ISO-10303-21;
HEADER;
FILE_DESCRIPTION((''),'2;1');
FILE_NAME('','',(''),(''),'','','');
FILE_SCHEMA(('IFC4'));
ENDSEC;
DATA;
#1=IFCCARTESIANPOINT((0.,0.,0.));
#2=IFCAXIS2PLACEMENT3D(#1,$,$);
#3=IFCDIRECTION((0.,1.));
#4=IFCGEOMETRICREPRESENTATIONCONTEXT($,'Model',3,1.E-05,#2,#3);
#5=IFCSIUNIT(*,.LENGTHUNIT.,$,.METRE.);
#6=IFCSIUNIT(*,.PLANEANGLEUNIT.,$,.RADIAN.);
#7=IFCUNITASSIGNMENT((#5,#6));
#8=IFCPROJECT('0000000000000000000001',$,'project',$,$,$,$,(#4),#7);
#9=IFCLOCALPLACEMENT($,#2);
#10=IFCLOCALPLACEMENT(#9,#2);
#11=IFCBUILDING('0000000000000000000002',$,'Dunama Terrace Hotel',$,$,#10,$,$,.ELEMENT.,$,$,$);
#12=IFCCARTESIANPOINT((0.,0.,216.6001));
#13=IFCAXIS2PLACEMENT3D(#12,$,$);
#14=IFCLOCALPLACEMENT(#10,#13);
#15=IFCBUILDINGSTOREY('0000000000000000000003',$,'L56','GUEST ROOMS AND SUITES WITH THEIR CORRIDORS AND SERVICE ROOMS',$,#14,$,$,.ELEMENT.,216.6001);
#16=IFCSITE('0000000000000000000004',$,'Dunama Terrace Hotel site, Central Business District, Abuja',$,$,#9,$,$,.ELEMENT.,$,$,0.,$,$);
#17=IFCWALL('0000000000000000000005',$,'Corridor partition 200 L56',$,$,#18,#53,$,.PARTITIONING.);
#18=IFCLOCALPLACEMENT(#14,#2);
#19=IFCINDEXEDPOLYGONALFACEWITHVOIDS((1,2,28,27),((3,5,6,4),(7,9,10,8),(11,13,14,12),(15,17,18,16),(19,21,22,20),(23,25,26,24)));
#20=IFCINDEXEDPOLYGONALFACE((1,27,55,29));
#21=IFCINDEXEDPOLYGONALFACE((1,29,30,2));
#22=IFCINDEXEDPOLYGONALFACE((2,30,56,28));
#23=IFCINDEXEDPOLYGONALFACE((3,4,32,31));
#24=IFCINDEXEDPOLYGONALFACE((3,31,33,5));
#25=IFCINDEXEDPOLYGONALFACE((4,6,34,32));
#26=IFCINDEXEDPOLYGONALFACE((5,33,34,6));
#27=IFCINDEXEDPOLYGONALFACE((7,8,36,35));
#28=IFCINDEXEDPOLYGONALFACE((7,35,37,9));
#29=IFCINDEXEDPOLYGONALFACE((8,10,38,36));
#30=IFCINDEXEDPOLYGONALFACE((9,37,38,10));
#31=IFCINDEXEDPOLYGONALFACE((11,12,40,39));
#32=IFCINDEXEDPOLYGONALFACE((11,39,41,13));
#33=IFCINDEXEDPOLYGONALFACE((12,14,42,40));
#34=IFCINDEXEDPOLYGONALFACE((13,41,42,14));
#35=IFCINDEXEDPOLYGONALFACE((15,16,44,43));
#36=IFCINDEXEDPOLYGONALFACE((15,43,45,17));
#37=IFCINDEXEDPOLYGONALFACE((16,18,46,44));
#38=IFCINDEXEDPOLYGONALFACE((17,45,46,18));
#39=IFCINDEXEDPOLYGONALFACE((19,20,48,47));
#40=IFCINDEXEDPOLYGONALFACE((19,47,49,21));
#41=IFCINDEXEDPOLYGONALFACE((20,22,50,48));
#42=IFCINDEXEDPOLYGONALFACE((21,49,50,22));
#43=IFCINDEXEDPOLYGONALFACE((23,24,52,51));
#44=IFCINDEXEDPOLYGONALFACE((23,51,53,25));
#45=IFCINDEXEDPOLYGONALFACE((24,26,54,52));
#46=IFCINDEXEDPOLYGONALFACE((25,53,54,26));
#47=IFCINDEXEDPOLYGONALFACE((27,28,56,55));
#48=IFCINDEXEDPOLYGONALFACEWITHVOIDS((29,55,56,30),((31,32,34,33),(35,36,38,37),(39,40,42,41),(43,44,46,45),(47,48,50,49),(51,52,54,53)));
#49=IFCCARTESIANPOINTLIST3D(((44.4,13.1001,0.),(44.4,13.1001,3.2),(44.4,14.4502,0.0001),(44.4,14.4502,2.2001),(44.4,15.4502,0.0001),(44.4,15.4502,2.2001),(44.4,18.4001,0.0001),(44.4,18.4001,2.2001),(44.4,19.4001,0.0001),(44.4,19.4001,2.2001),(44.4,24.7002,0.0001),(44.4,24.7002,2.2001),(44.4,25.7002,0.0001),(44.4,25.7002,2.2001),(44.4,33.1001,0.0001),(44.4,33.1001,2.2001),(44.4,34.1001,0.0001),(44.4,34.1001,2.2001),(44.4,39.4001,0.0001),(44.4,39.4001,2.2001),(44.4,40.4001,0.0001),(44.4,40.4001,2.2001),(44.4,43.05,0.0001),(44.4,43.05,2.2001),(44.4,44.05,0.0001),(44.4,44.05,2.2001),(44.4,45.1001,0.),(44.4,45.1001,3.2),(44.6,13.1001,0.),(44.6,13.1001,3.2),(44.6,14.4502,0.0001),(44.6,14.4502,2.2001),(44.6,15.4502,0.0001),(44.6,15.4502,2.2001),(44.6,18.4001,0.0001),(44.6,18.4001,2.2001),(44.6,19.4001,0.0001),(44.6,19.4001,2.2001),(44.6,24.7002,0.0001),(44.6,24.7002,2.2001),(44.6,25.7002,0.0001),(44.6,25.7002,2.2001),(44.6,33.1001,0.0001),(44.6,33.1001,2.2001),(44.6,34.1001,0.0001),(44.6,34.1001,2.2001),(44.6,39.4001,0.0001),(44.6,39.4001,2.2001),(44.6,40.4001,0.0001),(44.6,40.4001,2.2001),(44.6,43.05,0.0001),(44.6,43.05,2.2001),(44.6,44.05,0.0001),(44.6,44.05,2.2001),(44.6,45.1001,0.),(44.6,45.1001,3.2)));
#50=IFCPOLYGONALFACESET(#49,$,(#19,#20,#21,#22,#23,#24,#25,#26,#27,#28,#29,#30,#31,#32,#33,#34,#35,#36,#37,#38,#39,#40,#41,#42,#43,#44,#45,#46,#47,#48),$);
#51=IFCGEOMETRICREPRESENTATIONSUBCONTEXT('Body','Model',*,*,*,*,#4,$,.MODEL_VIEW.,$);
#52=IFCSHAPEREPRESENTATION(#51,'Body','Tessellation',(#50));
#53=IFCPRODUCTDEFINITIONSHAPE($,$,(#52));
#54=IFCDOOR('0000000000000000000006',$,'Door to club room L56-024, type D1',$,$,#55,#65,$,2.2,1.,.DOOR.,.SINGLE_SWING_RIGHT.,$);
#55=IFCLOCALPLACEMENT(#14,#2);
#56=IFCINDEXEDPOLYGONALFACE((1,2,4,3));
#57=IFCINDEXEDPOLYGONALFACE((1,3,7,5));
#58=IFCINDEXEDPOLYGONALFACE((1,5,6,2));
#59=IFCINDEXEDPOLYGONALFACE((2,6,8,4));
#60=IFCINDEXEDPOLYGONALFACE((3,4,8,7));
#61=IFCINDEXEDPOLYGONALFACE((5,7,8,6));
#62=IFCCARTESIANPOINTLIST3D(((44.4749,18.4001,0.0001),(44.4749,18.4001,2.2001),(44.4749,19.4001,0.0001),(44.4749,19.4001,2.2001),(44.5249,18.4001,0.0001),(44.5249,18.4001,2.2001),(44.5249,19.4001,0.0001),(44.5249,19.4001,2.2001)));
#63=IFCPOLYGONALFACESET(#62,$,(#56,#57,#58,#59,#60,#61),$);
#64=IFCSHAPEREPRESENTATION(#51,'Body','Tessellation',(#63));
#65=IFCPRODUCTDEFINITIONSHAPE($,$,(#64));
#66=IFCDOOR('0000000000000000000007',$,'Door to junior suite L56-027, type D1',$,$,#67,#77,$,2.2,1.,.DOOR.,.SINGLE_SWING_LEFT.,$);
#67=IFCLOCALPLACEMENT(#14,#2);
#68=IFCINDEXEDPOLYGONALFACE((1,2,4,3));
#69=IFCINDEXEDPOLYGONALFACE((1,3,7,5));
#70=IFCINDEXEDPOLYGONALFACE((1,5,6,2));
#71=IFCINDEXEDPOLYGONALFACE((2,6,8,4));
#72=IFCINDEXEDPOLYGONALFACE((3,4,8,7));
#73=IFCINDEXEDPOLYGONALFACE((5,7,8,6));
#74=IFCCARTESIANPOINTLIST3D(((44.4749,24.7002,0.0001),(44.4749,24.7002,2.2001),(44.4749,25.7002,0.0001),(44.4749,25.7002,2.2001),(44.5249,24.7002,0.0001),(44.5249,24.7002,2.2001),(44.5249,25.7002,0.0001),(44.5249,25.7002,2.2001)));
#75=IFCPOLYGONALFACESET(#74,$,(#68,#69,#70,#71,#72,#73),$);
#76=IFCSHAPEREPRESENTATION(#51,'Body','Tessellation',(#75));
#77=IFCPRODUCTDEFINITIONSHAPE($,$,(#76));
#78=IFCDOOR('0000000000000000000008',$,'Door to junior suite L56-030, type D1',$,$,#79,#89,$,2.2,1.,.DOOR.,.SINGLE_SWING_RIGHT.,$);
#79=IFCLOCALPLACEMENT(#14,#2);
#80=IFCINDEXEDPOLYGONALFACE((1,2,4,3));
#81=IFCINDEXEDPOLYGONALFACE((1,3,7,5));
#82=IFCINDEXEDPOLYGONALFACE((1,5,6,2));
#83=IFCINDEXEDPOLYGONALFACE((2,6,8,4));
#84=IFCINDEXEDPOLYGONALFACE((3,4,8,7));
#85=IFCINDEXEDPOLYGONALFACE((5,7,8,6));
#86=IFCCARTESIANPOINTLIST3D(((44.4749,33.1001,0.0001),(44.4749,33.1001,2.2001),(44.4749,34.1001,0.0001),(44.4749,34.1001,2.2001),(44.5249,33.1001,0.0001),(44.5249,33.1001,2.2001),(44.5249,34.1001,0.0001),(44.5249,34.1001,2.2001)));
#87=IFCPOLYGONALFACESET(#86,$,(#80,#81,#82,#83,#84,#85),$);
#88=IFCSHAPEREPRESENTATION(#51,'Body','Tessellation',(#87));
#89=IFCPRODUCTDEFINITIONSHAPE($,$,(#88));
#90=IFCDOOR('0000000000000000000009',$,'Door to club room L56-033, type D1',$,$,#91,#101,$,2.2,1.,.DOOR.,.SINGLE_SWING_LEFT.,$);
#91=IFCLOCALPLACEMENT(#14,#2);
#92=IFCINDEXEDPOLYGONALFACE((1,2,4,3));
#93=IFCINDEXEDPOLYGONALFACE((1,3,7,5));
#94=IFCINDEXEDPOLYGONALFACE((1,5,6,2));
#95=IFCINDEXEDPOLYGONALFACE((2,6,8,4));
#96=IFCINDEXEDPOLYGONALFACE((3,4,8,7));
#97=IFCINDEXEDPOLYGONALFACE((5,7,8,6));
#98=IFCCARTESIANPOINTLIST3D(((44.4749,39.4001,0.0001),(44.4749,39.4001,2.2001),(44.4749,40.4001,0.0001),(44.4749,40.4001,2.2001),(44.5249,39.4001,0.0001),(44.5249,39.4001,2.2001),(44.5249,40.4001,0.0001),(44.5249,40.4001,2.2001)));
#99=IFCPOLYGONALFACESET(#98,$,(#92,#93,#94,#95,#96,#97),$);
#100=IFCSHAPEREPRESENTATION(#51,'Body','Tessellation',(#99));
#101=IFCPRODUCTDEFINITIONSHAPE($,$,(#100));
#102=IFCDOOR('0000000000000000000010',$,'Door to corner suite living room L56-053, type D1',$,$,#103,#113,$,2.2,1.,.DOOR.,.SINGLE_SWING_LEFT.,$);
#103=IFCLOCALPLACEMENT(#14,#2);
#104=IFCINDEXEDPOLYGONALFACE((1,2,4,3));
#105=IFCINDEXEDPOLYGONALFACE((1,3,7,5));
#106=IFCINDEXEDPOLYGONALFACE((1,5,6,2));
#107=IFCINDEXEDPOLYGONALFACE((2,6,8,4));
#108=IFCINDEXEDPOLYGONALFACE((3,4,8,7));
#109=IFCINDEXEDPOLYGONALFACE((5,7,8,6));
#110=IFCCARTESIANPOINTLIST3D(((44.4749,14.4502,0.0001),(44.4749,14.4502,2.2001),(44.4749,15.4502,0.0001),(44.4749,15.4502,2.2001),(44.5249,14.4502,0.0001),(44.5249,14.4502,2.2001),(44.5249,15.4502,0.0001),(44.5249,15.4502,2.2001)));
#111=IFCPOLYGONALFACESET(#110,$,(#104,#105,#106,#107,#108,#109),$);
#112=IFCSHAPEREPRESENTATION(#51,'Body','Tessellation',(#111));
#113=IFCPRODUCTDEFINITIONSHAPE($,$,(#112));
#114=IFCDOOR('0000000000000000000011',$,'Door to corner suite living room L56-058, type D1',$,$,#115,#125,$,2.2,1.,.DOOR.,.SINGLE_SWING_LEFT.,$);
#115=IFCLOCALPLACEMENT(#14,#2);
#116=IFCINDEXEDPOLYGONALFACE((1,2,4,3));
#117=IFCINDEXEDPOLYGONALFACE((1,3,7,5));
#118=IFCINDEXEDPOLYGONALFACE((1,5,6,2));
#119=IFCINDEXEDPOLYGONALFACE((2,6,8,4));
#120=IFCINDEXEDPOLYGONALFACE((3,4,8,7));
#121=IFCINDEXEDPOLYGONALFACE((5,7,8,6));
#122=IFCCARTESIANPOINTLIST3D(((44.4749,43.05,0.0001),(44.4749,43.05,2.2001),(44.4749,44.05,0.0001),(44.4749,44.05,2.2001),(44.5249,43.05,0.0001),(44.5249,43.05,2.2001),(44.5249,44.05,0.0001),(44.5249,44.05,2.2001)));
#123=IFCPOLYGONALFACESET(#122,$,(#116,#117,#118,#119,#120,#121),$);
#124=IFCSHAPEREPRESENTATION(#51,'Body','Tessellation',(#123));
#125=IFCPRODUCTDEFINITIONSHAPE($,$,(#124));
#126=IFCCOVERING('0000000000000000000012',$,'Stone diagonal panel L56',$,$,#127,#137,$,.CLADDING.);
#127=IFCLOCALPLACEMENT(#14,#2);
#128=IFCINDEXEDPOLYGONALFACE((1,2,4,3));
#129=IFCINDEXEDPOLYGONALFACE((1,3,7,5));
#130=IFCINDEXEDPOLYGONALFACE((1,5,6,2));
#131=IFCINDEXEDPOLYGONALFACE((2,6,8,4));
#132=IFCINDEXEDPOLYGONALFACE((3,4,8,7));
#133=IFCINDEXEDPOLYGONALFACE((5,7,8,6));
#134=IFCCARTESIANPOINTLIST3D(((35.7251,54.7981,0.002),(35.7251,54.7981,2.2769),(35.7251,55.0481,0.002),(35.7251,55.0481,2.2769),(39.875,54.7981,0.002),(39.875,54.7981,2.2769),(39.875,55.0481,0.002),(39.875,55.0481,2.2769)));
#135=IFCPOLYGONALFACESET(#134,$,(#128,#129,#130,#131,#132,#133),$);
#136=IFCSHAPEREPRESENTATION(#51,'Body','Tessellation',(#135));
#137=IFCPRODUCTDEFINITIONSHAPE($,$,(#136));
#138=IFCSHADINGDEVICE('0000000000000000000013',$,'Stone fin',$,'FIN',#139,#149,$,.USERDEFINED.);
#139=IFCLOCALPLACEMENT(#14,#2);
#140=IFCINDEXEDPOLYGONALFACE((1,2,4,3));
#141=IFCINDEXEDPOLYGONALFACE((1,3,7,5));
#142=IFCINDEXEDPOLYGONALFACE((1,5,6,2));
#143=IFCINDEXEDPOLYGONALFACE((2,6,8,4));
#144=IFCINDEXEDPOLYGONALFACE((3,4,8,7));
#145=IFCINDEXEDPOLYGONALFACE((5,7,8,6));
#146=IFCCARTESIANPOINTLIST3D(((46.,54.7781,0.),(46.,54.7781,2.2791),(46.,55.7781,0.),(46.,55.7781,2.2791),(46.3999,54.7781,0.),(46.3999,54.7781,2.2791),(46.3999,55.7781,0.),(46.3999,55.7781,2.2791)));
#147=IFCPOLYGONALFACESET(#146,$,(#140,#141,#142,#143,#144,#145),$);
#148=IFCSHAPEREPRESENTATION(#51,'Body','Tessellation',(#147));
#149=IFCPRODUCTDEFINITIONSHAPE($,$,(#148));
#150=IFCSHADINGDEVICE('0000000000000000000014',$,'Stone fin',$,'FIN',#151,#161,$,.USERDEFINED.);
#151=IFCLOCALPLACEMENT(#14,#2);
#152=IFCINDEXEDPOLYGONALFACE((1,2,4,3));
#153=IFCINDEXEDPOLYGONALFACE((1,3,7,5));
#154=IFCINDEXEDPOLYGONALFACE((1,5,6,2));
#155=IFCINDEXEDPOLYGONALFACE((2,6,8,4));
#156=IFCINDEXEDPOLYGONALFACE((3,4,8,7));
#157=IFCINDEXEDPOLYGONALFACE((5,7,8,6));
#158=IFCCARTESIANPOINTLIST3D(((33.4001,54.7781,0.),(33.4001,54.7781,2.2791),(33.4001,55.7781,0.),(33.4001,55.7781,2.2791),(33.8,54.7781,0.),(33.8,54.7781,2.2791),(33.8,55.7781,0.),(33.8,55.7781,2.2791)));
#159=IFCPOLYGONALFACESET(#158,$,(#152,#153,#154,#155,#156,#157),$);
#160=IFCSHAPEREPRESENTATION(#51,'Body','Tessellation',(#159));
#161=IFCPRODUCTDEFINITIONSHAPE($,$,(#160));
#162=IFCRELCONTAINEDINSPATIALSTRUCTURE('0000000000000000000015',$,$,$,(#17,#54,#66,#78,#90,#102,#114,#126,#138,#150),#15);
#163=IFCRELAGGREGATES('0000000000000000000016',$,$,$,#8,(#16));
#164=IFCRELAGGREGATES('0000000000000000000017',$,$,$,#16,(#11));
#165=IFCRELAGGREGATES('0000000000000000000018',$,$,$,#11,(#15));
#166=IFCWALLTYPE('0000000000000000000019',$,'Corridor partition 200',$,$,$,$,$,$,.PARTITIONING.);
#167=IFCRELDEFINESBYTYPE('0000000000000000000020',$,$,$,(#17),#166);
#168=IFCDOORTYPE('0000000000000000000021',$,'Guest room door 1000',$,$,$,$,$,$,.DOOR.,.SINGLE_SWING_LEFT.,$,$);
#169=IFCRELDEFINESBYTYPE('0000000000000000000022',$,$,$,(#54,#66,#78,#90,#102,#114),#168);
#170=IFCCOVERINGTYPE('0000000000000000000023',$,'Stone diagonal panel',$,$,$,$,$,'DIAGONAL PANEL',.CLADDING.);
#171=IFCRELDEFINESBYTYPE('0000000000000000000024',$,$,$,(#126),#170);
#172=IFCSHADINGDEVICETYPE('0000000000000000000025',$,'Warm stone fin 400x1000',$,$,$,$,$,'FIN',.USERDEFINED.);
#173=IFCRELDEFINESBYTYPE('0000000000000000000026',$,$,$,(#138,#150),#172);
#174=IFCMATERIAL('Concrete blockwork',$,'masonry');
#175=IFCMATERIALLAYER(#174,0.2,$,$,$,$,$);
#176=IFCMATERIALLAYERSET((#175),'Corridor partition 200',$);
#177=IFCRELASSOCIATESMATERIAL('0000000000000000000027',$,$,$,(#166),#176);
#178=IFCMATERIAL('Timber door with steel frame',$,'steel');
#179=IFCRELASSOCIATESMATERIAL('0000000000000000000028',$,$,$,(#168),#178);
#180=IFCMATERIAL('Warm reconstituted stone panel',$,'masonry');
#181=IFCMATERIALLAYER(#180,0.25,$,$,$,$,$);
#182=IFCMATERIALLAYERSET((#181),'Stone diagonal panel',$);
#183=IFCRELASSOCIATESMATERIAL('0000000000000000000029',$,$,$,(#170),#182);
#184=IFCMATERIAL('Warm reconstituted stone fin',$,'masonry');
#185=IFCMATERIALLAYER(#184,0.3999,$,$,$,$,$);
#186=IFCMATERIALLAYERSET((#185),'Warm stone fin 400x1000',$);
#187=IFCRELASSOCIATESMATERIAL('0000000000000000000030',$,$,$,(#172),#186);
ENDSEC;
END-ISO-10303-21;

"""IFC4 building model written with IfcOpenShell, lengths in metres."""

from ifc_helpers import new_model, si_unit, direction, frame, frame_2d, origin, origin_2d, place, context, subcontext, project, spatial, rectangle, extrude, material, layer, layer_set, type_object, element, fill, save


model = new_model("IFC4")

# Units and contexts
model_context = context("Model", 3, precision=1e-05, world=origin(), true_north=direction((0.0, 1.0)))
body_context = subcontext(model_context, "Body", "Model", "MODEL_VIEW")
ifc_project = project(units=[si_unit("LENGTHUNIT", "METRE"), si_unit("PLANEANGLEUNIT", "RADIAN")], contexts=[model_context])

# Site, building, storey
site_placement = place(None, origin())
site = spatial("IfcSite", under=ifc_project, at=site_placement, Name="Dunama Terrace Hotel site, Central Business District, Abuja", CompositionType="ELEMENT", RefElevation=0.0)
building_placement = place(site_placement, origin())
building = spatial("IfcBuilding", under=site, at=building_placement, Name="Dunama Terrace Hotel", CompositionType="ELEMENT")
storey_placement = place(building_placement, frame((0.0, 0.0, 216.6001)))
storey = spatial("IfcBuildingStorey", under=building, at=storey_placement, Name="L56", Description="GUEST ROOMS AND SUITES WITH THEIR CORRIDORS AND SERVICE ROOMS", CompositionType="ELEMENT", Elevation=216.6001)

# Shared definitions
ifc_material_1 = material(Name="Concrete blockwork", Category="masonry")
ifc_layer_1 = layer(ifc_material_1, 0.2)
ifc_layer_set_1 = layer_set([ifc_layer_1], Name="Corridor partition 200")
wall_type_1 = type_object("IfcWallType", Name="Corridor partition 200", PredefinedType="PARTITIONING", material=ifc_layer_set_1)

# Wall, openings, doors
wall_1_placement = place(storey_placement, frame((44.5, 45.1001, 0.0), z_axis=(0.0, 0.0, 1.0), x_axis=(0.0, -1.0, 0.0)))
wall_1 = element("IfcWall", 1, at=wall_1_placement, inside=storey, type_object=wall_type_1, Name="Corridor partition 200 L56", PredefinedType="PARTITIONING", context=body_context, shape_type="SweptSolid", body=[
    extrude(rectangle(XDim=32.0, YDim=0.2, at=frame_2d((16.0, 0.0))), origin(), (0.0, 0.0, 1.0), 3.2),
])
opening_1_placement = place(wall_1_placement, frame((25.7, 0.0, 0.0)))
opening_1 = element("IfcOpeningElement", 2, at=opening_1_placement, cuts=wall_1, PredefinedType="OPENING", context=body_context, shape_type="SweptSolid", body=[
    extrude(rectangle(XDim=1.0, YDim=2.2, at=frame_2d((0.5, 1.1001))), frame((0.0, 0.1099, 0.0), z_axis=(0.0, -1.0, 0.0), x_axis=(1.0, 0.0, 0.0)), (0.0, 0.0, 1.0), 0.22),
])
opening_2_placement = place(wall_1_placement, frame((19.3999, 0.0, 0.0)))
opening_2 = element("IfcOpeningElement", 3, at=opening_2_placement, cuts=wall_1, PredefinedType="OPENING", context=body_context, shape_type="SweptSolid", body=[
    extrude(rectangle(XDim=1.0, YDim=2.2, at=frame_2d((0.5, 1.1001))), frame((0.0, 0.1099, 0.0), z_axis=(0.0, -1.0, 0.0), x_axis=(1.0, 0.0, 0.0)), (0.0, 0.0, 1.0), 0.22),
])
opening_3_placement = place(wall_1_placement, frame((11.0, 0.0, 0.0)))
opening_3 = element("IfcOpeningElement", 4, at=opening_3_placement, cuts=wall_1, PredefinedType="OPENING", context=body_context, shape_type="SweptSolid", body=[
    extrude(rectangle(XDim=1.0, YDim=2.2, at=frame_2d((0.5, 1.1001))), frame((0.0, 0.1099, 0.0), z_axis=(0.0, -1.0, 0.0), x_axis=(1.0, 0.0, 0.0)), (0.0, 0.0, 1.0), 0.22),
])
opening_4_placement = place(wall_1_placement, frame((4.7, 0.0, 0.0)))
opening_4 = element("IfcOpeningElement", 5, at=opening_4_placement, cuts=wall_1, PredefinedType="OPENING", context=body_context, shape_type="SweptSolid", body=[
    extrude(rectangle(XDim=1.0, YDim=2.2, at=frame_2d((0.5, 1.1001))), frame((0.0, 0.1099, 0.0), z_axis=(0.0, -1.0, 0.0), x_axis=(1.0, 0.0, 0.0)), (0.0, 0.0, 1.0), 0.22),
])
opening_5_placement = place(wall_1_placement, frame((29.6499, 0.0, 0.0)))
opening_5 = element("IfcOpeningElement", 6, at=opening_5_placement, cuts=wall_1, PredefinedType="OPENING", context=body_context, shape_type="SweptSolid", body=[
    extrude(rectangle(XDim=1.0, YDim=2.2, at=frame_2d((0.5, 1.1001))), frame((0.0, 0.1099, 0.0), z_axis=(0.0, -1.0, 0.0), x_axis=(1.0, 0.0, 0.0)), (0.0, 0.0, 1.0), 0.22),
])
opening_6_placement = place(wall_1_placement, frame((1.05, 0.0, 0.0)))
opening_6 = element("IfcOpeningElement", 7, at=opening_6_placement, cuts=wall_1, PredefinedType="OPENING", context=body_context, shape_type="SweptSolid", body=[
    extrude(rectangle(XDim=1.0, YDim=2.2, at=frame_2d((0.5, 1.1001))), frame((0.0, 0.1099, 0.0), z_axis=(0.0, -1.0, 0.0), x_axis=(1.0, 0.0, 0.0)), (0.0, 0.0, 1.0), 0.22),
])
ifc_material_2 = material(Name="Timber door with steel frame", Category="steel")
door_type = type_object("IfcDoorType", Name="Guest room door 1000", OperationType="SINGLE_SWING_LEFT", PredefinedType="DOOR", material=ifc_material_2)
door_1_placement = place(opening_1_placement, origin())
door_1 = element("IfcDoor", 8, at=door_1_placement, inside=storey, type_object=door_type, Name="Door to club room L56-024, type D1", OperationType="SINGLE_SWING_RIGHT", OverallHeight=2.2, OverallWidth=1.0, PredefinedType="DOOR", context=body_context, shape_type="SweptSolid", body=[
    extrude(rectangle(XDim=1.0, YDim=2.2, at=frame_2d((0.5, 1.1001))), frame((0.0, 0.0249, 0.0), z_axis=(0.0, -1.0, 0.0), x_axis=(1.0, 0.0, 0.0)), (0.0, 0.0, 1.0), 0.05),
])
fill(opening_1, door_1)
door_2_placement = place(opening_2_placement, origin())
door_2 = element("IfcDoor", 9, at=door_2_placement, inside=storey, type_object=door_type, Name="Door to junior suite L56-027, type D1", OperationType="SINGLE_SWING_LEFT", OverallHeight=2.2, OverallWidth=1.0, PredefinedType="DOOR", context=body_context, shape_type="SweptSolid", body=[
    extrude(rectangle(XDim=1.0, YDim=2.2, at=frame_2d((0.5, 1.1001))), frame((0.0, 0.0249, 0.0), z_axis=(0.0, -1.0, 0.0), x_axis=(1.0, 0.0, 0.0)), (0.0, 0.0, 1.0), 0.05),
])
fill(opening_2, door_2)
door_3_placement = place(opening_3_placement, origin())
door_3 = element("IfcDoor", 10, at=door_3_placement, inside=storey, type_object=door_type, Name="Door to junior suite L56-030, type D1", OperationType="SINGLE_SWING_RIGHT", OverallHeight=2.2, OverallWidth=1.0, PredefinedType="DOOR", context=body_context, shape_type="SweptSolid", body=[
    extrude(rectangle(XDim=1.0, YDim=2.2, at=frame_2d((0.5, 1.1001))), frame((0.0, 0.0249, 0.0), z_axis=(0.0, -1.0, 0.0), x_axis=(1.0, 0.0, 0.0)), (0.0, 0.0, 1.0), 0.05),
])
fill(opening_3, door_3)
door_4_placement = place(opening_4_placement, origin())
door_4 = element("IfcDoor", 11, at=door_4_placement, inside=storey, type_object=door_type, Name="Door to club room L56-033, type D1", OperationType="SINGLE_SWING_LEFT", OverallHeight=2.2, OverallWidth=1.0, PredefinedType="DOOR", context=body_context, shape_type="SweptSolid", body=[
    extrude(rectangle(XDim=1.0, YDim=2.2, at=frame_2d((0.5, 1.1001))), frame((0.0, 0.0249, 0.0), z_axis=(0.0, -1.0, 0.0), x_axis=(1.0, 0.0, 0.0)), (0.0, 0.0, 1.0), 0.05),
])
fill(opening_4, door_4)
door_5_placement = place(opening_5_placement, origin())
door_5 = element("IfcDoor", 12, at=door_5_placement, inside=storey, type_object=door_type, Name="Door to corner suite living room L56-053, type D1", OperationType="SINGLE_SWING_LEFT", OverallHeight=2.2, OverallWidth=1.0, PredefinedType="DOOR", context=body_context, shape_type="SweptSolid", body=[
    extrude(rectangle(XDim=1.0, YDim=2.2, at=frame_2d((0.5, 1.1001))), frame((0.0, 0.0249, 0.0), z_axis=(0.0, -1.0, 0.0), x_axis=(1.0, 0.0, 0.0)), (0.0, 0.0, 1.0), 0.05),
])
fill(opening_5, door_5)
door_6_placement = place(opening_6_placement, origin())
door_6 = element("IfcDoor", 13, at=door_6_placement, inside=storey, type_object=door_type, Name="Door to corner suite living room L56-058, type D1", OperationType="SINGLE_SWING_LEFT", OverallHeight=2.2, OverallWidth=1.0, PredefinedType="DOOR", context=body_context, shape_type="SweptSolid", body=[
    extrude(rectangle(XDim=1.0, YDim=2.2, at=frame_2d((0.5, 1.1001))), frame((0.0, 0.0249, 0.0), z_axis=(0.0, -1.0, 0.0), x_axis=(1.0, 0.0, 0.0)), (0.0, 0.0, 1.0), 0.05),
])
fill(opening_6, door_6)

# Covering
ifc_material_3 = material(Name="Warm reconstituted stone panel", Category="masonry")
ifc_layer_2 = layer(ifc_material_3, 0.25)
ifc_layer_set_2 = layer_set([ifc_layer_2], Name="Stone diagonal panel")
covering_type = type_object("IfcCoveringType", Name="Stone diagonal panel", ElementType="DIAGONAL PANEL", PredefinedType="CLADDING", material=ifc_layer_set_2)
covering_placement = place(storey_placement, frame((37.8, 54.9231, 0.002), z_axis=(0.0, 0.0, 1.0), x_axis=(-1.0, 0.0, 0.0)))
element("IfcCovering", 14, at=covering_placement, inside=storey, type_object=covering_type, Name="Stone diagonal panel L56", PredefinedType="CLADDING", context=body_context, shape_type="SweptSolid", body=[
    extrude(rectangle(XDim=4.1499, YDim=0.25, at=origin_2d()), origin(), (0.0, 0.0, 1.0), 2.2749),
])

# Shading devices
ifc_material_4 = material(Name="Warm reconstituted stone fin", Category="masonry")
ifc_layer_3 = layer(ifc_material_4, 0.3999)
ifc_layer_set_3 = layer_set([ifc_layer_3], Name="Warm stone fin 400x1000")
shading_device_type = type_object("IfcShadingDeviceType", Name="Warm stone fin 400x1000", ElementType="FIN", PredefinedType="USERDEFINED", material=ifc_layer_set_3)
for number, where, z_axis, x_axis, name in (
    (15, (46.2, 55.2781, 0.0), (0.0, 0.0, 1.0), (-1.0, 0.0, 0.0), "Stone fin"),
    (16, (33.6001, 55.2781, 0.0), (0.0, 0.0, 1.0), (-1.0, 0.0, 0.0), "Stone fin"),
):
    element("IfcShadingDevice", number, at=place(storey_placement, frame(where, z_axis=z_axis, x_axis=x_axis)), inside=storey, type_object=shading_device_type, Name=name, ObjectType="FIN", PredefinedType="USERDEFINED", context=body_context, shape_type="SweptSolid", body=[
        extrude(rectangle(XDim=0.3999, YDim=1.0, at=origin_2d()), origin(), (0.0, 0.0, 1.0), 2.2791),
    ])

save(model, "model.ifc")
